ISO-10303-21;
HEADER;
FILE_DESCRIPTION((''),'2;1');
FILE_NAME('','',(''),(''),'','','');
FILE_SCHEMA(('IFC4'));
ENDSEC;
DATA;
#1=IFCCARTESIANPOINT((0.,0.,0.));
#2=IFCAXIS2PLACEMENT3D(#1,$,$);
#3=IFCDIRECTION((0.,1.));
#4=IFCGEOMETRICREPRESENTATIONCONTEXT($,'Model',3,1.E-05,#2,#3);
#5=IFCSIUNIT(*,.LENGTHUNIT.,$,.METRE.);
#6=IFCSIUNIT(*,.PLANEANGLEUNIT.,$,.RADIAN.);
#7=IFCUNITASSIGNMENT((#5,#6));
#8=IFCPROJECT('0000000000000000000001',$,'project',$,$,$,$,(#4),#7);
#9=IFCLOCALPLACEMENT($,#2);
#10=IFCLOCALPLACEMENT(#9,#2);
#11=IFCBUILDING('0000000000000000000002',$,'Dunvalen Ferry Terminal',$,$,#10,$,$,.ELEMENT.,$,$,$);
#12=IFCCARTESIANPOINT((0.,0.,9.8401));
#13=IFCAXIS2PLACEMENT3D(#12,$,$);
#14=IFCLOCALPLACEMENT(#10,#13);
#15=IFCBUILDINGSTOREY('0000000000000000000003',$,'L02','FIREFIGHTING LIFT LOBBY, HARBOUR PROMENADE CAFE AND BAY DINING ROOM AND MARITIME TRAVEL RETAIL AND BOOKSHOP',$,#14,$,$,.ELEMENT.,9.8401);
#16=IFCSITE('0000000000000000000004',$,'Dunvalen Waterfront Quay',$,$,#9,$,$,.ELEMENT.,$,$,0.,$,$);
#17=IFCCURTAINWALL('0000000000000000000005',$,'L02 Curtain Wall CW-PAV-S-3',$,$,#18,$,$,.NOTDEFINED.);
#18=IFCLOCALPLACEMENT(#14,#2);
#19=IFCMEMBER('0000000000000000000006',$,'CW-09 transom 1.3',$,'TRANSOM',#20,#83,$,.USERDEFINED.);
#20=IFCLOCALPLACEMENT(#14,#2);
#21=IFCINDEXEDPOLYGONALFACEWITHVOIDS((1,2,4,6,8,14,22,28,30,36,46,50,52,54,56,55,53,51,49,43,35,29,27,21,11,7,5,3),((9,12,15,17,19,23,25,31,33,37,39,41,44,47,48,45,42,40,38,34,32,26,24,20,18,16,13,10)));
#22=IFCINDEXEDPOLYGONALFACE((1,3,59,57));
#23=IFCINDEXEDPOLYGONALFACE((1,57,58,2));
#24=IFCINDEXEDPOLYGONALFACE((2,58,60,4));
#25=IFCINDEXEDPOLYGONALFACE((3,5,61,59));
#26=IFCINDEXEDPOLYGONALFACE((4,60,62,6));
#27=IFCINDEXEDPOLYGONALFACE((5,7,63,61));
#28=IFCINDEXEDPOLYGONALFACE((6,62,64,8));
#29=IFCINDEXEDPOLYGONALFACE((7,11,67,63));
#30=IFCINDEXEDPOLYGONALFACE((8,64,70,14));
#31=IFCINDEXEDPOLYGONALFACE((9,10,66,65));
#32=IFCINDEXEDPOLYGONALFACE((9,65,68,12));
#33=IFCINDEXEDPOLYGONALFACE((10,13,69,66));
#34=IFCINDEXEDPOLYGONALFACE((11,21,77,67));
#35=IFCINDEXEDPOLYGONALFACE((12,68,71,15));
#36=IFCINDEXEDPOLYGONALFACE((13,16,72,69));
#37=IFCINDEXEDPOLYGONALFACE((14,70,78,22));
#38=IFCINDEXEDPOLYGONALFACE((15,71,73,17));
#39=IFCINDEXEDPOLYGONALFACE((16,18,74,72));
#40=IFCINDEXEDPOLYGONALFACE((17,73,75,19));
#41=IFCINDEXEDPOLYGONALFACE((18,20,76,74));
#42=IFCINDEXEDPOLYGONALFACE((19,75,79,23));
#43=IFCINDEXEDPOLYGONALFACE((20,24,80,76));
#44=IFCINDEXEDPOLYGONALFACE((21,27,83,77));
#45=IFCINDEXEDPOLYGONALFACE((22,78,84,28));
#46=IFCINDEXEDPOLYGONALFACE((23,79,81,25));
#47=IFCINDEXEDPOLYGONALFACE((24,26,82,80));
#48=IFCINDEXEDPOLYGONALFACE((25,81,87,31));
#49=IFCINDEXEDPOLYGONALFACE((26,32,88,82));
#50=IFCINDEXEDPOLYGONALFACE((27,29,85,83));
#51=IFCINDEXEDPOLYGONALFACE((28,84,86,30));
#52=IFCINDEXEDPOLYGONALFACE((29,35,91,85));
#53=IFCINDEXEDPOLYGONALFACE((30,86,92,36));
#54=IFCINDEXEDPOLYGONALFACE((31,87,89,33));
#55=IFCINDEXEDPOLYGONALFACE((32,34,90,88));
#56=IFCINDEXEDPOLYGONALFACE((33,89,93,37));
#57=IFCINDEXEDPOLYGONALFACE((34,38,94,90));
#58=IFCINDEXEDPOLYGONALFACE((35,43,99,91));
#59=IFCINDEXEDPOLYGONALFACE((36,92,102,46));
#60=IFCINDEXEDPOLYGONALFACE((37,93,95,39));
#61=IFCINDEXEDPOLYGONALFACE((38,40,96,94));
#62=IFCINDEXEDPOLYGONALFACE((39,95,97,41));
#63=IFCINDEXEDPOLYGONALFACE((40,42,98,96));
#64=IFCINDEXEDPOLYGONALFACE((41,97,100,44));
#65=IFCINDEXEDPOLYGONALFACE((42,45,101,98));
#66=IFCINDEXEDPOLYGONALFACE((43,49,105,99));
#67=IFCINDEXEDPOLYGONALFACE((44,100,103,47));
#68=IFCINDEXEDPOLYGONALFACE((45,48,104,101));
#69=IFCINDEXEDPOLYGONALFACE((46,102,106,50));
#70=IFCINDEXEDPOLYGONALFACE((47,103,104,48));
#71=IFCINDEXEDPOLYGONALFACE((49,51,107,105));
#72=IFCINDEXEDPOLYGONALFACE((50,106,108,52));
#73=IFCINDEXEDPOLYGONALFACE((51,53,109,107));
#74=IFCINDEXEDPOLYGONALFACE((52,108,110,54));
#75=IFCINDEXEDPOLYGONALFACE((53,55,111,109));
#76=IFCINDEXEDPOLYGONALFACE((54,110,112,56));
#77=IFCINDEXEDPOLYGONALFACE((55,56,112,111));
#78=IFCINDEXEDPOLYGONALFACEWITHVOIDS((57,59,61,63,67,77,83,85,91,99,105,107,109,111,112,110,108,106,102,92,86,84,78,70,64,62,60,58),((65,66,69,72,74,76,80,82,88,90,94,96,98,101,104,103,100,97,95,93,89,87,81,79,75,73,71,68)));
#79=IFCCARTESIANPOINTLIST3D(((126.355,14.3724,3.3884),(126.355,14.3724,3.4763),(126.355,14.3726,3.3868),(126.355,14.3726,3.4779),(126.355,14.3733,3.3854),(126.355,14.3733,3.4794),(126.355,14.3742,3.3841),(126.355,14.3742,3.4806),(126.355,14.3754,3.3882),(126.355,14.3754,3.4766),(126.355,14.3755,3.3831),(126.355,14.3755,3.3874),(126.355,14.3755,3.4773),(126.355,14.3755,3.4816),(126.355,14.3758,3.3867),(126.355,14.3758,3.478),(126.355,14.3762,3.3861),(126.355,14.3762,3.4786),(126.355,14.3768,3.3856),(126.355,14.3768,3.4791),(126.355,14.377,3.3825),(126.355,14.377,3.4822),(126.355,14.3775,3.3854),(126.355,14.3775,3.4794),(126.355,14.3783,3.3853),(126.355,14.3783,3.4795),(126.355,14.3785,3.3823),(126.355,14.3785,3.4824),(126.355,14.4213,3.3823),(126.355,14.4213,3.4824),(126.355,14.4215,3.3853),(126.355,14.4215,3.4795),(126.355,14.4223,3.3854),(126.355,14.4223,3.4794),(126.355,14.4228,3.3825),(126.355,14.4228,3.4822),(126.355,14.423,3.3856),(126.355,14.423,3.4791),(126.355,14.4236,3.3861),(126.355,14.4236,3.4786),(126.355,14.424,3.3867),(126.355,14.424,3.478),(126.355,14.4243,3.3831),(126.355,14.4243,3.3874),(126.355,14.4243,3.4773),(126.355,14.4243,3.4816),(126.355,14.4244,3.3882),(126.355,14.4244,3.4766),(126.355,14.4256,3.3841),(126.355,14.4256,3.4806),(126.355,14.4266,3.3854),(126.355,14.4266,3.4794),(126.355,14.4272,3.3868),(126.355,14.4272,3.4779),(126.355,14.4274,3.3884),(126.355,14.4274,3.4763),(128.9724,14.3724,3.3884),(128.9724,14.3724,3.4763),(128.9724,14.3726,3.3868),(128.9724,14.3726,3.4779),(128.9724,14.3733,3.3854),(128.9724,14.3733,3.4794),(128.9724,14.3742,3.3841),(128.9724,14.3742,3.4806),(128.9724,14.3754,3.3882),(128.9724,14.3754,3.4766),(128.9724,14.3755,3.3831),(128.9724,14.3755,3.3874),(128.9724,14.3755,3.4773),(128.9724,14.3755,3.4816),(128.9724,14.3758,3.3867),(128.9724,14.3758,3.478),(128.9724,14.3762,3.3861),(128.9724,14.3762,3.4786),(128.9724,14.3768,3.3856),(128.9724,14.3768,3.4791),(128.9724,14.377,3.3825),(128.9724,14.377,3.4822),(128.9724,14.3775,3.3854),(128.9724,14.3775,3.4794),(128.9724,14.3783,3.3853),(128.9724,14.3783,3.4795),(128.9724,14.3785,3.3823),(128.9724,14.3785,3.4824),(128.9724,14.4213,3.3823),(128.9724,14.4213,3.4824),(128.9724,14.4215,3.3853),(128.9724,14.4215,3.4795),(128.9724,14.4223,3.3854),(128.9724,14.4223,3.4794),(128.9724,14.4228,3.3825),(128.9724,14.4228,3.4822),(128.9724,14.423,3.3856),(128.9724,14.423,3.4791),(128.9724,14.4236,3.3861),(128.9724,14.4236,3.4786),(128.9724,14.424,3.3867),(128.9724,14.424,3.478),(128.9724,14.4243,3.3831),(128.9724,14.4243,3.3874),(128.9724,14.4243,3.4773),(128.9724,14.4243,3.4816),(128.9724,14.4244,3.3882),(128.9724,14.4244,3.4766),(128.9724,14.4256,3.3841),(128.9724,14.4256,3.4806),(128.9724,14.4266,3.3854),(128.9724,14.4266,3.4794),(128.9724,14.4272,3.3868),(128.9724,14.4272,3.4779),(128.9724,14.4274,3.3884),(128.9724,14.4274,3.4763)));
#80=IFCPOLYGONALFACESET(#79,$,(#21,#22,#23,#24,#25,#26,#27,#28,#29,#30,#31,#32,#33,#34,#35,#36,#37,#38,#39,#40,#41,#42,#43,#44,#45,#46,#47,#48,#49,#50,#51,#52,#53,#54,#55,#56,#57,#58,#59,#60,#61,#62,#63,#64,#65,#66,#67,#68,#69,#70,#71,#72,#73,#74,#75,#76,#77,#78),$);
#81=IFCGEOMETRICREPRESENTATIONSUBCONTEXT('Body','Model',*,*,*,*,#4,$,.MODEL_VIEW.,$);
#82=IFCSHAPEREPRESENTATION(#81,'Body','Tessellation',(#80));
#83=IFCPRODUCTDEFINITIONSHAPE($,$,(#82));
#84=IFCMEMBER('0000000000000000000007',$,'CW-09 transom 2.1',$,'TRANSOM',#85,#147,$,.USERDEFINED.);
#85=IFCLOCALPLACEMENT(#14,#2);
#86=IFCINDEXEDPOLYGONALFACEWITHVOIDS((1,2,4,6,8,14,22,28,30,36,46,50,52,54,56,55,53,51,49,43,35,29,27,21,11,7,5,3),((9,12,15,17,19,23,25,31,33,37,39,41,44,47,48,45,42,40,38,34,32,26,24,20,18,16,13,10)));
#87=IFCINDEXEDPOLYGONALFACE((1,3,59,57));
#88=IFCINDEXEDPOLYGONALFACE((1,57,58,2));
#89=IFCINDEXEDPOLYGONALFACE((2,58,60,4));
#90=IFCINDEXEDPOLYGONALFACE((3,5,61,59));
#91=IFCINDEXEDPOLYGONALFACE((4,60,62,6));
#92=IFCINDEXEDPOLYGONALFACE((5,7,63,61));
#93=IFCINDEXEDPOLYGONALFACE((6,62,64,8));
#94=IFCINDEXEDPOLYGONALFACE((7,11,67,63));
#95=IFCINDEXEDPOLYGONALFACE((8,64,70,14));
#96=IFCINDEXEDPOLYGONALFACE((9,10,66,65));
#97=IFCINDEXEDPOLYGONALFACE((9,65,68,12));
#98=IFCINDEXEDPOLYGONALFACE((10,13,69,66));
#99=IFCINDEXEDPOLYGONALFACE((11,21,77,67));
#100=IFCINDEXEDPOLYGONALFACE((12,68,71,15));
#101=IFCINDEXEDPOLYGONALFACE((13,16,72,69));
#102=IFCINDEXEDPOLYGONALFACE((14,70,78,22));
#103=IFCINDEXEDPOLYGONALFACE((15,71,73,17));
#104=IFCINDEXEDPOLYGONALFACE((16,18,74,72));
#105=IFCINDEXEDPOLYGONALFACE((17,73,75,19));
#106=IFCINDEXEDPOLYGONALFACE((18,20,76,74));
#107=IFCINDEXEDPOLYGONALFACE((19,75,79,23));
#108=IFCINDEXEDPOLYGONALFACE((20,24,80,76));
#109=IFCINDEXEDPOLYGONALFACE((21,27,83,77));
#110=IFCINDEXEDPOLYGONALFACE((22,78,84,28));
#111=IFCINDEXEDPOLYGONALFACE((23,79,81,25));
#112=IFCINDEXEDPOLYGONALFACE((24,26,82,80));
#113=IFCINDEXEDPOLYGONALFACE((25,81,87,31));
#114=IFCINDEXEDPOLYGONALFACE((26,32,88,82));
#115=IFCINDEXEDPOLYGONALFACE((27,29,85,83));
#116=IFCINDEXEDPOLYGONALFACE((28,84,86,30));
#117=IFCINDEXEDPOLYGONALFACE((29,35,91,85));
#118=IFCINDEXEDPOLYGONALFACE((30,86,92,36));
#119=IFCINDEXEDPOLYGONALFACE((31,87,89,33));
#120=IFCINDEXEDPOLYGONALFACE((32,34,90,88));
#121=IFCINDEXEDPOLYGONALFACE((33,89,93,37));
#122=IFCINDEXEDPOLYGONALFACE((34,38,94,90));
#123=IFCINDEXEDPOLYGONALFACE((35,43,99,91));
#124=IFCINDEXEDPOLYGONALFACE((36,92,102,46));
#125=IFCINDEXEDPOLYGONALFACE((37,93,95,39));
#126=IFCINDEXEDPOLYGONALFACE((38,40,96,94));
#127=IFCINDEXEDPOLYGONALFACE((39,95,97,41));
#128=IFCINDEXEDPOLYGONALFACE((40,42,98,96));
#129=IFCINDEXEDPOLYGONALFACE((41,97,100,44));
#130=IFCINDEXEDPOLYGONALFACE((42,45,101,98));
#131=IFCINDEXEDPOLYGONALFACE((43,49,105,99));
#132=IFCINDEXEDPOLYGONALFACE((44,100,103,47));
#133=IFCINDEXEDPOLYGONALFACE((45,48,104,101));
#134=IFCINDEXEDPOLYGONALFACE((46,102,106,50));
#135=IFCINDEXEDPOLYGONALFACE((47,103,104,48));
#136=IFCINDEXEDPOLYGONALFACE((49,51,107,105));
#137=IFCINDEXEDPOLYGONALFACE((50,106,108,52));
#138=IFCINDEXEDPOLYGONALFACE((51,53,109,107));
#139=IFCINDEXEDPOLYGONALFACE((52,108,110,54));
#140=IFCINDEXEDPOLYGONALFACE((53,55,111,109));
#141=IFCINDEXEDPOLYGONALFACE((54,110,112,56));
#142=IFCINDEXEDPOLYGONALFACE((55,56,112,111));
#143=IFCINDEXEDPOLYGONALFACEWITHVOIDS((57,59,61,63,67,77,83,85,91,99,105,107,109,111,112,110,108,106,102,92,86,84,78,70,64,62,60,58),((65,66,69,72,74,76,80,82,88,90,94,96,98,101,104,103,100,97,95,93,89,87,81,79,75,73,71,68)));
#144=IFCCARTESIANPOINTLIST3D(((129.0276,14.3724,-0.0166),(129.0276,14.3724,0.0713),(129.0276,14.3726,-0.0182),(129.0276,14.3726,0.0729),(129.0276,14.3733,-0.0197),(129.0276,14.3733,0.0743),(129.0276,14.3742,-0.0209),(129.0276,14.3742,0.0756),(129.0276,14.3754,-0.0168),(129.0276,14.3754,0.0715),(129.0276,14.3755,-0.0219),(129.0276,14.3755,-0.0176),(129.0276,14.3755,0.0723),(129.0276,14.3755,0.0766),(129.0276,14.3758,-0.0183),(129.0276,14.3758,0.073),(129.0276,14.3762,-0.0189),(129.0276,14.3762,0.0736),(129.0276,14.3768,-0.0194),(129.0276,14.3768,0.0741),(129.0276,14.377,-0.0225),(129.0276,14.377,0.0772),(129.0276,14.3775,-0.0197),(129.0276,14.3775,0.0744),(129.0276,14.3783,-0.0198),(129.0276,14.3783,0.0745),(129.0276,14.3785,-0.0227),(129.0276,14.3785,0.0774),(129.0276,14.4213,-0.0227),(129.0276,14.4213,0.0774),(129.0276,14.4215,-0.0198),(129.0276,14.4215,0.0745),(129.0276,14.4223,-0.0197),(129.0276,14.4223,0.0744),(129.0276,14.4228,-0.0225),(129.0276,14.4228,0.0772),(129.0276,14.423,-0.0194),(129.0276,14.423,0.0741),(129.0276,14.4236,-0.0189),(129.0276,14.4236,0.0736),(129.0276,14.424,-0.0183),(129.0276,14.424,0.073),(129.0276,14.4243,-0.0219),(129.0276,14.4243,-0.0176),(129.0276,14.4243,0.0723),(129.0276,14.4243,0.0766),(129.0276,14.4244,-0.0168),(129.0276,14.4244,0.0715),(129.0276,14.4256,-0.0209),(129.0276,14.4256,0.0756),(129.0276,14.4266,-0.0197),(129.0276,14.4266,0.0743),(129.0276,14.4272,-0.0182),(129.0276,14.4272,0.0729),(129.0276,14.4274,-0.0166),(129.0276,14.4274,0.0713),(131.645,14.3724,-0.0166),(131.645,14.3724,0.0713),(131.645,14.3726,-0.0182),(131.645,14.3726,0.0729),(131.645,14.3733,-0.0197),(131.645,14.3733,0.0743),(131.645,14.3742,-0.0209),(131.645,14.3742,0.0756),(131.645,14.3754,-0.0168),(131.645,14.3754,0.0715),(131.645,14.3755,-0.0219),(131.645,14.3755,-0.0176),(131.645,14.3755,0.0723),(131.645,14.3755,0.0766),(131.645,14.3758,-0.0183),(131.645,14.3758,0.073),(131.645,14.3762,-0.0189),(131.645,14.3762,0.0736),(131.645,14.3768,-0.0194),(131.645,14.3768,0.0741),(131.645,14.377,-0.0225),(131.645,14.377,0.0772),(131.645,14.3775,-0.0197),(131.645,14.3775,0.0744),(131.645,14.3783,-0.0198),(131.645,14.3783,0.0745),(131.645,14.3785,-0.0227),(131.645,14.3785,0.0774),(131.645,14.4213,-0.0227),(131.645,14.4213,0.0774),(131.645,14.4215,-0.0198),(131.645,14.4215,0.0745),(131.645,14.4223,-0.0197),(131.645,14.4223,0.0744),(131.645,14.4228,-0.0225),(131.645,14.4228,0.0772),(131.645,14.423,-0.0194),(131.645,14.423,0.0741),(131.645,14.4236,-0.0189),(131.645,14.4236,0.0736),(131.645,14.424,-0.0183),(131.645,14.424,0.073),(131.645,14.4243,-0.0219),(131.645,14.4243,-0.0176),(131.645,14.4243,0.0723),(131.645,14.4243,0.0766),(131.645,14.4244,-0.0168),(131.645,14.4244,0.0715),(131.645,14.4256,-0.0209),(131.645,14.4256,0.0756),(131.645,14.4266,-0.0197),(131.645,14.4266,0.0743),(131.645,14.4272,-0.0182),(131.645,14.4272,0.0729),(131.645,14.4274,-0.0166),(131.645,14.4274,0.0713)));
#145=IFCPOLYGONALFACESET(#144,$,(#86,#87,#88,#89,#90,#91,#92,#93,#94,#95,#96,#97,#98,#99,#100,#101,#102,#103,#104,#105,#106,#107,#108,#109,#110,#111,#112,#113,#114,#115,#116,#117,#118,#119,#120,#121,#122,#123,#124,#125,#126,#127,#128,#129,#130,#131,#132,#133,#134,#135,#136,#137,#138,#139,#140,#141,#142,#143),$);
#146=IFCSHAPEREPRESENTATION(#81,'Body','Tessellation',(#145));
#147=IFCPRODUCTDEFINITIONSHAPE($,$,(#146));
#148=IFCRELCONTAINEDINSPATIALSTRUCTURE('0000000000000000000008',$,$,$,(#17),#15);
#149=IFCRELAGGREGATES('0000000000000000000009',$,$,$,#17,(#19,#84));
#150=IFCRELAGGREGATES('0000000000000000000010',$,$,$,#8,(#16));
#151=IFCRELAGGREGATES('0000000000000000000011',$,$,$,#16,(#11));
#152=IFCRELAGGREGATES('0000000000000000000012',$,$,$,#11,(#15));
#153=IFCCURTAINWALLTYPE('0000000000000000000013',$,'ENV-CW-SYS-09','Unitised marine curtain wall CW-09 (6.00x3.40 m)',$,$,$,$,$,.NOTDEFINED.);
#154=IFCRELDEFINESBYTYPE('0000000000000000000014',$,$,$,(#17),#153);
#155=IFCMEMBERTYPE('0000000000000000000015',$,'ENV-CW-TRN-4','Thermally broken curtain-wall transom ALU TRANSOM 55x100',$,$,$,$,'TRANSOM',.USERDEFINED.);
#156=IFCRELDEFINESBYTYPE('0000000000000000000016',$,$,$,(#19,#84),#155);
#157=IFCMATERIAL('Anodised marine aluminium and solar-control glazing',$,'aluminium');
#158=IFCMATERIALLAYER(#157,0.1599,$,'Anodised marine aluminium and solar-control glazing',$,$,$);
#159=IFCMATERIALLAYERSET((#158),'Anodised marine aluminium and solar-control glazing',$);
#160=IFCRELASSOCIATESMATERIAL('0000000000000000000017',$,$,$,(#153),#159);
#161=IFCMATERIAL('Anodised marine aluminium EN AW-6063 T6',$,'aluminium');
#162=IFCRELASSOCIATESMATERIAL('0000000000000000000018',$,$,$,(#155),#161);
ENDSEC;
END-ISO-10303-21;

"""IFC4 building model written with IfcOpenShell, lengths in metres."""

from ifc_helpers import new_model, si_unit, direction, frame, origin, origin_2d, place, context, subcontext, project, spatial, hollow_rectangle, extrude, material, layer, layer_set, material_profile, profile_set, type_object, element, aggregate, save


model = new_model("IFC4")

# Units and contexts
model_context = context("Model", 3, precision=1e-05, world=origin(), true_north=direction((0.0, 1.0)))
body_context = subcontext(model_context, "Body", "Model", "MODEL_VIEW")
ifc_project = project(units=[si_unit("LENGTHUNIT", "METRE"), si_unit("PLANEANGLEUNIT", "RADIAN")], contexts=[model_context])

# Site, building, storey
site_placement = place(None, origin())
site = spatial("IfcSite", under=ifc_project, at=site_placement, Name="Dunvalen Waterfront Quay", CompositionType="ELEMENT", RefElevation=0.0)
building_placement = place(site_placement, origin())
building = spatial("IfcBuilding", under=site, at=building_placement, Name="Dunvalen Ferry Terminal", CompositionType="ELEMENT")
storey_placement = place(building_placement, frame((0.0, 0.0, 9.8401)))
storey = spatial("IfcBuildingStorey", under=building, at=storey_placement, Name="L02", Description="FIREFIGHTING LIFT LOBBY, HARBOUR PROMENADE CAFE AND BAY DINING ROOM AND MARITIME TRAVEL RETAIL AND BOOKSHOP", CompositionType="ELEMENT", Elevation=9.8401)

# Curtain wall, members
ifc_material_1 = material(Name="Anodised marine aluminium and solar-control glazing", Category="aluminium")
ifc_layer_1 = layer(ifc_material_1, 0.1599, Name="Anodised marine aluminium and solar-control glazing")
ifc_layer_set_1 = layer_set([ifc_layer_1], Name="Anodised marine aluminium and solar-control glazing")
curtain_wall_type = type_object("IfcCurtainWallType", Name="ENV-CW-SYS-09", Description="Unitised marine curtain wall CW-09 (6.00x3.40 m)", PredefinedType="NOTDEFINED", material=ifc_layer_set_1)
curtain_wall_placement = place(storey_placement, origin())
curtain_wall = element("IfcCurtainWall", 1, at=curtain_wall_placement, inside=storey, type_object=curtain_wall_type, Name="L02 Curtain Wall CW-PAV-S-3", PredefinedType="NOTDEFINED")
ifc_material_2 = material(Name="Anodised marine aluminium EN AW-6063 T6", Category="aluminium")
ifc_material_profile_1 = material_profile(ifc_material_2, hollow_rectangle(XDim=0.0549, YDim=0.1001, WallThickness=0.0029, InnerFilletRadius=0.0029, OuterFilletRadius=0.0061, at=origin_2d()), Name="Anodised marine aluminium EN AW-6063 T6")
ifc_profile_set_1 = profile_set([ifc_material_profile_1], Name="Anodised marine aluminium EN AW-6063 T6")
member_type_1 = type_object("IfcMemberType", Name="ENV-CW-TRN-4", Description="Thermally broken curtain-wall transom ALU TRANSOM 55x100", ElementType="TRANSOM", PredefinedType="USERDEFINED", material=ifc_profile_set_1)
member_1_placement = place(storey_placement, frame((126.355, 14.3999, 3.4324), z_axis=(1.0, 0.0, 0.0), x_axis=(0.0, 1.0, 0.0)))
member_1 = element("IfcMember", 2, at=member_1_placement, type_object=member_type_1, Name="CW-09 transom 1.3", ObjectType="TRANSOM", PredefinedType="USERDEFINED", context=body_context, shape_type="SweptSolid", body=[
    extrude(hollow_rectangle(XDim=0.0549, YDim=0.1001, WallThickness=0.0029, InnerFilletRadius=0.0029, OuterFilletRadius=0.0061, at=origin_2d()), origin(), (0.0, 0.0, 1.0), 2.6174),
])
member_2_placement = place(storey_placement, frame((129.0276, 14.3999, 0.0273), z_axis=(1.0, 0.0, 0.0), x_axis=(0.0, 1.0, 0.0)))
member_2 = element("IfcMember", 3, at=member_2_placement, type_object=member_type_1, Name="CW-09 transom 2.1", ObjectType="TRANSOM", PredefinedType="USERDEFINED", context=body_context, shape_type="SweptSolid", body=[
    extrude(hollow_rectangle(XDim=0.0549, YDim=0.1001, WallThickness=0.0029, InnerFilletRadius=0.0029, OuterFilletRadius=0.0061, at=origin_2d()), origin(), (0.0, 0.0, 1.0), 2.6174),
])

aggregate(curtain_wall, [member_1, member_2])

save(model, "model.ifc")
